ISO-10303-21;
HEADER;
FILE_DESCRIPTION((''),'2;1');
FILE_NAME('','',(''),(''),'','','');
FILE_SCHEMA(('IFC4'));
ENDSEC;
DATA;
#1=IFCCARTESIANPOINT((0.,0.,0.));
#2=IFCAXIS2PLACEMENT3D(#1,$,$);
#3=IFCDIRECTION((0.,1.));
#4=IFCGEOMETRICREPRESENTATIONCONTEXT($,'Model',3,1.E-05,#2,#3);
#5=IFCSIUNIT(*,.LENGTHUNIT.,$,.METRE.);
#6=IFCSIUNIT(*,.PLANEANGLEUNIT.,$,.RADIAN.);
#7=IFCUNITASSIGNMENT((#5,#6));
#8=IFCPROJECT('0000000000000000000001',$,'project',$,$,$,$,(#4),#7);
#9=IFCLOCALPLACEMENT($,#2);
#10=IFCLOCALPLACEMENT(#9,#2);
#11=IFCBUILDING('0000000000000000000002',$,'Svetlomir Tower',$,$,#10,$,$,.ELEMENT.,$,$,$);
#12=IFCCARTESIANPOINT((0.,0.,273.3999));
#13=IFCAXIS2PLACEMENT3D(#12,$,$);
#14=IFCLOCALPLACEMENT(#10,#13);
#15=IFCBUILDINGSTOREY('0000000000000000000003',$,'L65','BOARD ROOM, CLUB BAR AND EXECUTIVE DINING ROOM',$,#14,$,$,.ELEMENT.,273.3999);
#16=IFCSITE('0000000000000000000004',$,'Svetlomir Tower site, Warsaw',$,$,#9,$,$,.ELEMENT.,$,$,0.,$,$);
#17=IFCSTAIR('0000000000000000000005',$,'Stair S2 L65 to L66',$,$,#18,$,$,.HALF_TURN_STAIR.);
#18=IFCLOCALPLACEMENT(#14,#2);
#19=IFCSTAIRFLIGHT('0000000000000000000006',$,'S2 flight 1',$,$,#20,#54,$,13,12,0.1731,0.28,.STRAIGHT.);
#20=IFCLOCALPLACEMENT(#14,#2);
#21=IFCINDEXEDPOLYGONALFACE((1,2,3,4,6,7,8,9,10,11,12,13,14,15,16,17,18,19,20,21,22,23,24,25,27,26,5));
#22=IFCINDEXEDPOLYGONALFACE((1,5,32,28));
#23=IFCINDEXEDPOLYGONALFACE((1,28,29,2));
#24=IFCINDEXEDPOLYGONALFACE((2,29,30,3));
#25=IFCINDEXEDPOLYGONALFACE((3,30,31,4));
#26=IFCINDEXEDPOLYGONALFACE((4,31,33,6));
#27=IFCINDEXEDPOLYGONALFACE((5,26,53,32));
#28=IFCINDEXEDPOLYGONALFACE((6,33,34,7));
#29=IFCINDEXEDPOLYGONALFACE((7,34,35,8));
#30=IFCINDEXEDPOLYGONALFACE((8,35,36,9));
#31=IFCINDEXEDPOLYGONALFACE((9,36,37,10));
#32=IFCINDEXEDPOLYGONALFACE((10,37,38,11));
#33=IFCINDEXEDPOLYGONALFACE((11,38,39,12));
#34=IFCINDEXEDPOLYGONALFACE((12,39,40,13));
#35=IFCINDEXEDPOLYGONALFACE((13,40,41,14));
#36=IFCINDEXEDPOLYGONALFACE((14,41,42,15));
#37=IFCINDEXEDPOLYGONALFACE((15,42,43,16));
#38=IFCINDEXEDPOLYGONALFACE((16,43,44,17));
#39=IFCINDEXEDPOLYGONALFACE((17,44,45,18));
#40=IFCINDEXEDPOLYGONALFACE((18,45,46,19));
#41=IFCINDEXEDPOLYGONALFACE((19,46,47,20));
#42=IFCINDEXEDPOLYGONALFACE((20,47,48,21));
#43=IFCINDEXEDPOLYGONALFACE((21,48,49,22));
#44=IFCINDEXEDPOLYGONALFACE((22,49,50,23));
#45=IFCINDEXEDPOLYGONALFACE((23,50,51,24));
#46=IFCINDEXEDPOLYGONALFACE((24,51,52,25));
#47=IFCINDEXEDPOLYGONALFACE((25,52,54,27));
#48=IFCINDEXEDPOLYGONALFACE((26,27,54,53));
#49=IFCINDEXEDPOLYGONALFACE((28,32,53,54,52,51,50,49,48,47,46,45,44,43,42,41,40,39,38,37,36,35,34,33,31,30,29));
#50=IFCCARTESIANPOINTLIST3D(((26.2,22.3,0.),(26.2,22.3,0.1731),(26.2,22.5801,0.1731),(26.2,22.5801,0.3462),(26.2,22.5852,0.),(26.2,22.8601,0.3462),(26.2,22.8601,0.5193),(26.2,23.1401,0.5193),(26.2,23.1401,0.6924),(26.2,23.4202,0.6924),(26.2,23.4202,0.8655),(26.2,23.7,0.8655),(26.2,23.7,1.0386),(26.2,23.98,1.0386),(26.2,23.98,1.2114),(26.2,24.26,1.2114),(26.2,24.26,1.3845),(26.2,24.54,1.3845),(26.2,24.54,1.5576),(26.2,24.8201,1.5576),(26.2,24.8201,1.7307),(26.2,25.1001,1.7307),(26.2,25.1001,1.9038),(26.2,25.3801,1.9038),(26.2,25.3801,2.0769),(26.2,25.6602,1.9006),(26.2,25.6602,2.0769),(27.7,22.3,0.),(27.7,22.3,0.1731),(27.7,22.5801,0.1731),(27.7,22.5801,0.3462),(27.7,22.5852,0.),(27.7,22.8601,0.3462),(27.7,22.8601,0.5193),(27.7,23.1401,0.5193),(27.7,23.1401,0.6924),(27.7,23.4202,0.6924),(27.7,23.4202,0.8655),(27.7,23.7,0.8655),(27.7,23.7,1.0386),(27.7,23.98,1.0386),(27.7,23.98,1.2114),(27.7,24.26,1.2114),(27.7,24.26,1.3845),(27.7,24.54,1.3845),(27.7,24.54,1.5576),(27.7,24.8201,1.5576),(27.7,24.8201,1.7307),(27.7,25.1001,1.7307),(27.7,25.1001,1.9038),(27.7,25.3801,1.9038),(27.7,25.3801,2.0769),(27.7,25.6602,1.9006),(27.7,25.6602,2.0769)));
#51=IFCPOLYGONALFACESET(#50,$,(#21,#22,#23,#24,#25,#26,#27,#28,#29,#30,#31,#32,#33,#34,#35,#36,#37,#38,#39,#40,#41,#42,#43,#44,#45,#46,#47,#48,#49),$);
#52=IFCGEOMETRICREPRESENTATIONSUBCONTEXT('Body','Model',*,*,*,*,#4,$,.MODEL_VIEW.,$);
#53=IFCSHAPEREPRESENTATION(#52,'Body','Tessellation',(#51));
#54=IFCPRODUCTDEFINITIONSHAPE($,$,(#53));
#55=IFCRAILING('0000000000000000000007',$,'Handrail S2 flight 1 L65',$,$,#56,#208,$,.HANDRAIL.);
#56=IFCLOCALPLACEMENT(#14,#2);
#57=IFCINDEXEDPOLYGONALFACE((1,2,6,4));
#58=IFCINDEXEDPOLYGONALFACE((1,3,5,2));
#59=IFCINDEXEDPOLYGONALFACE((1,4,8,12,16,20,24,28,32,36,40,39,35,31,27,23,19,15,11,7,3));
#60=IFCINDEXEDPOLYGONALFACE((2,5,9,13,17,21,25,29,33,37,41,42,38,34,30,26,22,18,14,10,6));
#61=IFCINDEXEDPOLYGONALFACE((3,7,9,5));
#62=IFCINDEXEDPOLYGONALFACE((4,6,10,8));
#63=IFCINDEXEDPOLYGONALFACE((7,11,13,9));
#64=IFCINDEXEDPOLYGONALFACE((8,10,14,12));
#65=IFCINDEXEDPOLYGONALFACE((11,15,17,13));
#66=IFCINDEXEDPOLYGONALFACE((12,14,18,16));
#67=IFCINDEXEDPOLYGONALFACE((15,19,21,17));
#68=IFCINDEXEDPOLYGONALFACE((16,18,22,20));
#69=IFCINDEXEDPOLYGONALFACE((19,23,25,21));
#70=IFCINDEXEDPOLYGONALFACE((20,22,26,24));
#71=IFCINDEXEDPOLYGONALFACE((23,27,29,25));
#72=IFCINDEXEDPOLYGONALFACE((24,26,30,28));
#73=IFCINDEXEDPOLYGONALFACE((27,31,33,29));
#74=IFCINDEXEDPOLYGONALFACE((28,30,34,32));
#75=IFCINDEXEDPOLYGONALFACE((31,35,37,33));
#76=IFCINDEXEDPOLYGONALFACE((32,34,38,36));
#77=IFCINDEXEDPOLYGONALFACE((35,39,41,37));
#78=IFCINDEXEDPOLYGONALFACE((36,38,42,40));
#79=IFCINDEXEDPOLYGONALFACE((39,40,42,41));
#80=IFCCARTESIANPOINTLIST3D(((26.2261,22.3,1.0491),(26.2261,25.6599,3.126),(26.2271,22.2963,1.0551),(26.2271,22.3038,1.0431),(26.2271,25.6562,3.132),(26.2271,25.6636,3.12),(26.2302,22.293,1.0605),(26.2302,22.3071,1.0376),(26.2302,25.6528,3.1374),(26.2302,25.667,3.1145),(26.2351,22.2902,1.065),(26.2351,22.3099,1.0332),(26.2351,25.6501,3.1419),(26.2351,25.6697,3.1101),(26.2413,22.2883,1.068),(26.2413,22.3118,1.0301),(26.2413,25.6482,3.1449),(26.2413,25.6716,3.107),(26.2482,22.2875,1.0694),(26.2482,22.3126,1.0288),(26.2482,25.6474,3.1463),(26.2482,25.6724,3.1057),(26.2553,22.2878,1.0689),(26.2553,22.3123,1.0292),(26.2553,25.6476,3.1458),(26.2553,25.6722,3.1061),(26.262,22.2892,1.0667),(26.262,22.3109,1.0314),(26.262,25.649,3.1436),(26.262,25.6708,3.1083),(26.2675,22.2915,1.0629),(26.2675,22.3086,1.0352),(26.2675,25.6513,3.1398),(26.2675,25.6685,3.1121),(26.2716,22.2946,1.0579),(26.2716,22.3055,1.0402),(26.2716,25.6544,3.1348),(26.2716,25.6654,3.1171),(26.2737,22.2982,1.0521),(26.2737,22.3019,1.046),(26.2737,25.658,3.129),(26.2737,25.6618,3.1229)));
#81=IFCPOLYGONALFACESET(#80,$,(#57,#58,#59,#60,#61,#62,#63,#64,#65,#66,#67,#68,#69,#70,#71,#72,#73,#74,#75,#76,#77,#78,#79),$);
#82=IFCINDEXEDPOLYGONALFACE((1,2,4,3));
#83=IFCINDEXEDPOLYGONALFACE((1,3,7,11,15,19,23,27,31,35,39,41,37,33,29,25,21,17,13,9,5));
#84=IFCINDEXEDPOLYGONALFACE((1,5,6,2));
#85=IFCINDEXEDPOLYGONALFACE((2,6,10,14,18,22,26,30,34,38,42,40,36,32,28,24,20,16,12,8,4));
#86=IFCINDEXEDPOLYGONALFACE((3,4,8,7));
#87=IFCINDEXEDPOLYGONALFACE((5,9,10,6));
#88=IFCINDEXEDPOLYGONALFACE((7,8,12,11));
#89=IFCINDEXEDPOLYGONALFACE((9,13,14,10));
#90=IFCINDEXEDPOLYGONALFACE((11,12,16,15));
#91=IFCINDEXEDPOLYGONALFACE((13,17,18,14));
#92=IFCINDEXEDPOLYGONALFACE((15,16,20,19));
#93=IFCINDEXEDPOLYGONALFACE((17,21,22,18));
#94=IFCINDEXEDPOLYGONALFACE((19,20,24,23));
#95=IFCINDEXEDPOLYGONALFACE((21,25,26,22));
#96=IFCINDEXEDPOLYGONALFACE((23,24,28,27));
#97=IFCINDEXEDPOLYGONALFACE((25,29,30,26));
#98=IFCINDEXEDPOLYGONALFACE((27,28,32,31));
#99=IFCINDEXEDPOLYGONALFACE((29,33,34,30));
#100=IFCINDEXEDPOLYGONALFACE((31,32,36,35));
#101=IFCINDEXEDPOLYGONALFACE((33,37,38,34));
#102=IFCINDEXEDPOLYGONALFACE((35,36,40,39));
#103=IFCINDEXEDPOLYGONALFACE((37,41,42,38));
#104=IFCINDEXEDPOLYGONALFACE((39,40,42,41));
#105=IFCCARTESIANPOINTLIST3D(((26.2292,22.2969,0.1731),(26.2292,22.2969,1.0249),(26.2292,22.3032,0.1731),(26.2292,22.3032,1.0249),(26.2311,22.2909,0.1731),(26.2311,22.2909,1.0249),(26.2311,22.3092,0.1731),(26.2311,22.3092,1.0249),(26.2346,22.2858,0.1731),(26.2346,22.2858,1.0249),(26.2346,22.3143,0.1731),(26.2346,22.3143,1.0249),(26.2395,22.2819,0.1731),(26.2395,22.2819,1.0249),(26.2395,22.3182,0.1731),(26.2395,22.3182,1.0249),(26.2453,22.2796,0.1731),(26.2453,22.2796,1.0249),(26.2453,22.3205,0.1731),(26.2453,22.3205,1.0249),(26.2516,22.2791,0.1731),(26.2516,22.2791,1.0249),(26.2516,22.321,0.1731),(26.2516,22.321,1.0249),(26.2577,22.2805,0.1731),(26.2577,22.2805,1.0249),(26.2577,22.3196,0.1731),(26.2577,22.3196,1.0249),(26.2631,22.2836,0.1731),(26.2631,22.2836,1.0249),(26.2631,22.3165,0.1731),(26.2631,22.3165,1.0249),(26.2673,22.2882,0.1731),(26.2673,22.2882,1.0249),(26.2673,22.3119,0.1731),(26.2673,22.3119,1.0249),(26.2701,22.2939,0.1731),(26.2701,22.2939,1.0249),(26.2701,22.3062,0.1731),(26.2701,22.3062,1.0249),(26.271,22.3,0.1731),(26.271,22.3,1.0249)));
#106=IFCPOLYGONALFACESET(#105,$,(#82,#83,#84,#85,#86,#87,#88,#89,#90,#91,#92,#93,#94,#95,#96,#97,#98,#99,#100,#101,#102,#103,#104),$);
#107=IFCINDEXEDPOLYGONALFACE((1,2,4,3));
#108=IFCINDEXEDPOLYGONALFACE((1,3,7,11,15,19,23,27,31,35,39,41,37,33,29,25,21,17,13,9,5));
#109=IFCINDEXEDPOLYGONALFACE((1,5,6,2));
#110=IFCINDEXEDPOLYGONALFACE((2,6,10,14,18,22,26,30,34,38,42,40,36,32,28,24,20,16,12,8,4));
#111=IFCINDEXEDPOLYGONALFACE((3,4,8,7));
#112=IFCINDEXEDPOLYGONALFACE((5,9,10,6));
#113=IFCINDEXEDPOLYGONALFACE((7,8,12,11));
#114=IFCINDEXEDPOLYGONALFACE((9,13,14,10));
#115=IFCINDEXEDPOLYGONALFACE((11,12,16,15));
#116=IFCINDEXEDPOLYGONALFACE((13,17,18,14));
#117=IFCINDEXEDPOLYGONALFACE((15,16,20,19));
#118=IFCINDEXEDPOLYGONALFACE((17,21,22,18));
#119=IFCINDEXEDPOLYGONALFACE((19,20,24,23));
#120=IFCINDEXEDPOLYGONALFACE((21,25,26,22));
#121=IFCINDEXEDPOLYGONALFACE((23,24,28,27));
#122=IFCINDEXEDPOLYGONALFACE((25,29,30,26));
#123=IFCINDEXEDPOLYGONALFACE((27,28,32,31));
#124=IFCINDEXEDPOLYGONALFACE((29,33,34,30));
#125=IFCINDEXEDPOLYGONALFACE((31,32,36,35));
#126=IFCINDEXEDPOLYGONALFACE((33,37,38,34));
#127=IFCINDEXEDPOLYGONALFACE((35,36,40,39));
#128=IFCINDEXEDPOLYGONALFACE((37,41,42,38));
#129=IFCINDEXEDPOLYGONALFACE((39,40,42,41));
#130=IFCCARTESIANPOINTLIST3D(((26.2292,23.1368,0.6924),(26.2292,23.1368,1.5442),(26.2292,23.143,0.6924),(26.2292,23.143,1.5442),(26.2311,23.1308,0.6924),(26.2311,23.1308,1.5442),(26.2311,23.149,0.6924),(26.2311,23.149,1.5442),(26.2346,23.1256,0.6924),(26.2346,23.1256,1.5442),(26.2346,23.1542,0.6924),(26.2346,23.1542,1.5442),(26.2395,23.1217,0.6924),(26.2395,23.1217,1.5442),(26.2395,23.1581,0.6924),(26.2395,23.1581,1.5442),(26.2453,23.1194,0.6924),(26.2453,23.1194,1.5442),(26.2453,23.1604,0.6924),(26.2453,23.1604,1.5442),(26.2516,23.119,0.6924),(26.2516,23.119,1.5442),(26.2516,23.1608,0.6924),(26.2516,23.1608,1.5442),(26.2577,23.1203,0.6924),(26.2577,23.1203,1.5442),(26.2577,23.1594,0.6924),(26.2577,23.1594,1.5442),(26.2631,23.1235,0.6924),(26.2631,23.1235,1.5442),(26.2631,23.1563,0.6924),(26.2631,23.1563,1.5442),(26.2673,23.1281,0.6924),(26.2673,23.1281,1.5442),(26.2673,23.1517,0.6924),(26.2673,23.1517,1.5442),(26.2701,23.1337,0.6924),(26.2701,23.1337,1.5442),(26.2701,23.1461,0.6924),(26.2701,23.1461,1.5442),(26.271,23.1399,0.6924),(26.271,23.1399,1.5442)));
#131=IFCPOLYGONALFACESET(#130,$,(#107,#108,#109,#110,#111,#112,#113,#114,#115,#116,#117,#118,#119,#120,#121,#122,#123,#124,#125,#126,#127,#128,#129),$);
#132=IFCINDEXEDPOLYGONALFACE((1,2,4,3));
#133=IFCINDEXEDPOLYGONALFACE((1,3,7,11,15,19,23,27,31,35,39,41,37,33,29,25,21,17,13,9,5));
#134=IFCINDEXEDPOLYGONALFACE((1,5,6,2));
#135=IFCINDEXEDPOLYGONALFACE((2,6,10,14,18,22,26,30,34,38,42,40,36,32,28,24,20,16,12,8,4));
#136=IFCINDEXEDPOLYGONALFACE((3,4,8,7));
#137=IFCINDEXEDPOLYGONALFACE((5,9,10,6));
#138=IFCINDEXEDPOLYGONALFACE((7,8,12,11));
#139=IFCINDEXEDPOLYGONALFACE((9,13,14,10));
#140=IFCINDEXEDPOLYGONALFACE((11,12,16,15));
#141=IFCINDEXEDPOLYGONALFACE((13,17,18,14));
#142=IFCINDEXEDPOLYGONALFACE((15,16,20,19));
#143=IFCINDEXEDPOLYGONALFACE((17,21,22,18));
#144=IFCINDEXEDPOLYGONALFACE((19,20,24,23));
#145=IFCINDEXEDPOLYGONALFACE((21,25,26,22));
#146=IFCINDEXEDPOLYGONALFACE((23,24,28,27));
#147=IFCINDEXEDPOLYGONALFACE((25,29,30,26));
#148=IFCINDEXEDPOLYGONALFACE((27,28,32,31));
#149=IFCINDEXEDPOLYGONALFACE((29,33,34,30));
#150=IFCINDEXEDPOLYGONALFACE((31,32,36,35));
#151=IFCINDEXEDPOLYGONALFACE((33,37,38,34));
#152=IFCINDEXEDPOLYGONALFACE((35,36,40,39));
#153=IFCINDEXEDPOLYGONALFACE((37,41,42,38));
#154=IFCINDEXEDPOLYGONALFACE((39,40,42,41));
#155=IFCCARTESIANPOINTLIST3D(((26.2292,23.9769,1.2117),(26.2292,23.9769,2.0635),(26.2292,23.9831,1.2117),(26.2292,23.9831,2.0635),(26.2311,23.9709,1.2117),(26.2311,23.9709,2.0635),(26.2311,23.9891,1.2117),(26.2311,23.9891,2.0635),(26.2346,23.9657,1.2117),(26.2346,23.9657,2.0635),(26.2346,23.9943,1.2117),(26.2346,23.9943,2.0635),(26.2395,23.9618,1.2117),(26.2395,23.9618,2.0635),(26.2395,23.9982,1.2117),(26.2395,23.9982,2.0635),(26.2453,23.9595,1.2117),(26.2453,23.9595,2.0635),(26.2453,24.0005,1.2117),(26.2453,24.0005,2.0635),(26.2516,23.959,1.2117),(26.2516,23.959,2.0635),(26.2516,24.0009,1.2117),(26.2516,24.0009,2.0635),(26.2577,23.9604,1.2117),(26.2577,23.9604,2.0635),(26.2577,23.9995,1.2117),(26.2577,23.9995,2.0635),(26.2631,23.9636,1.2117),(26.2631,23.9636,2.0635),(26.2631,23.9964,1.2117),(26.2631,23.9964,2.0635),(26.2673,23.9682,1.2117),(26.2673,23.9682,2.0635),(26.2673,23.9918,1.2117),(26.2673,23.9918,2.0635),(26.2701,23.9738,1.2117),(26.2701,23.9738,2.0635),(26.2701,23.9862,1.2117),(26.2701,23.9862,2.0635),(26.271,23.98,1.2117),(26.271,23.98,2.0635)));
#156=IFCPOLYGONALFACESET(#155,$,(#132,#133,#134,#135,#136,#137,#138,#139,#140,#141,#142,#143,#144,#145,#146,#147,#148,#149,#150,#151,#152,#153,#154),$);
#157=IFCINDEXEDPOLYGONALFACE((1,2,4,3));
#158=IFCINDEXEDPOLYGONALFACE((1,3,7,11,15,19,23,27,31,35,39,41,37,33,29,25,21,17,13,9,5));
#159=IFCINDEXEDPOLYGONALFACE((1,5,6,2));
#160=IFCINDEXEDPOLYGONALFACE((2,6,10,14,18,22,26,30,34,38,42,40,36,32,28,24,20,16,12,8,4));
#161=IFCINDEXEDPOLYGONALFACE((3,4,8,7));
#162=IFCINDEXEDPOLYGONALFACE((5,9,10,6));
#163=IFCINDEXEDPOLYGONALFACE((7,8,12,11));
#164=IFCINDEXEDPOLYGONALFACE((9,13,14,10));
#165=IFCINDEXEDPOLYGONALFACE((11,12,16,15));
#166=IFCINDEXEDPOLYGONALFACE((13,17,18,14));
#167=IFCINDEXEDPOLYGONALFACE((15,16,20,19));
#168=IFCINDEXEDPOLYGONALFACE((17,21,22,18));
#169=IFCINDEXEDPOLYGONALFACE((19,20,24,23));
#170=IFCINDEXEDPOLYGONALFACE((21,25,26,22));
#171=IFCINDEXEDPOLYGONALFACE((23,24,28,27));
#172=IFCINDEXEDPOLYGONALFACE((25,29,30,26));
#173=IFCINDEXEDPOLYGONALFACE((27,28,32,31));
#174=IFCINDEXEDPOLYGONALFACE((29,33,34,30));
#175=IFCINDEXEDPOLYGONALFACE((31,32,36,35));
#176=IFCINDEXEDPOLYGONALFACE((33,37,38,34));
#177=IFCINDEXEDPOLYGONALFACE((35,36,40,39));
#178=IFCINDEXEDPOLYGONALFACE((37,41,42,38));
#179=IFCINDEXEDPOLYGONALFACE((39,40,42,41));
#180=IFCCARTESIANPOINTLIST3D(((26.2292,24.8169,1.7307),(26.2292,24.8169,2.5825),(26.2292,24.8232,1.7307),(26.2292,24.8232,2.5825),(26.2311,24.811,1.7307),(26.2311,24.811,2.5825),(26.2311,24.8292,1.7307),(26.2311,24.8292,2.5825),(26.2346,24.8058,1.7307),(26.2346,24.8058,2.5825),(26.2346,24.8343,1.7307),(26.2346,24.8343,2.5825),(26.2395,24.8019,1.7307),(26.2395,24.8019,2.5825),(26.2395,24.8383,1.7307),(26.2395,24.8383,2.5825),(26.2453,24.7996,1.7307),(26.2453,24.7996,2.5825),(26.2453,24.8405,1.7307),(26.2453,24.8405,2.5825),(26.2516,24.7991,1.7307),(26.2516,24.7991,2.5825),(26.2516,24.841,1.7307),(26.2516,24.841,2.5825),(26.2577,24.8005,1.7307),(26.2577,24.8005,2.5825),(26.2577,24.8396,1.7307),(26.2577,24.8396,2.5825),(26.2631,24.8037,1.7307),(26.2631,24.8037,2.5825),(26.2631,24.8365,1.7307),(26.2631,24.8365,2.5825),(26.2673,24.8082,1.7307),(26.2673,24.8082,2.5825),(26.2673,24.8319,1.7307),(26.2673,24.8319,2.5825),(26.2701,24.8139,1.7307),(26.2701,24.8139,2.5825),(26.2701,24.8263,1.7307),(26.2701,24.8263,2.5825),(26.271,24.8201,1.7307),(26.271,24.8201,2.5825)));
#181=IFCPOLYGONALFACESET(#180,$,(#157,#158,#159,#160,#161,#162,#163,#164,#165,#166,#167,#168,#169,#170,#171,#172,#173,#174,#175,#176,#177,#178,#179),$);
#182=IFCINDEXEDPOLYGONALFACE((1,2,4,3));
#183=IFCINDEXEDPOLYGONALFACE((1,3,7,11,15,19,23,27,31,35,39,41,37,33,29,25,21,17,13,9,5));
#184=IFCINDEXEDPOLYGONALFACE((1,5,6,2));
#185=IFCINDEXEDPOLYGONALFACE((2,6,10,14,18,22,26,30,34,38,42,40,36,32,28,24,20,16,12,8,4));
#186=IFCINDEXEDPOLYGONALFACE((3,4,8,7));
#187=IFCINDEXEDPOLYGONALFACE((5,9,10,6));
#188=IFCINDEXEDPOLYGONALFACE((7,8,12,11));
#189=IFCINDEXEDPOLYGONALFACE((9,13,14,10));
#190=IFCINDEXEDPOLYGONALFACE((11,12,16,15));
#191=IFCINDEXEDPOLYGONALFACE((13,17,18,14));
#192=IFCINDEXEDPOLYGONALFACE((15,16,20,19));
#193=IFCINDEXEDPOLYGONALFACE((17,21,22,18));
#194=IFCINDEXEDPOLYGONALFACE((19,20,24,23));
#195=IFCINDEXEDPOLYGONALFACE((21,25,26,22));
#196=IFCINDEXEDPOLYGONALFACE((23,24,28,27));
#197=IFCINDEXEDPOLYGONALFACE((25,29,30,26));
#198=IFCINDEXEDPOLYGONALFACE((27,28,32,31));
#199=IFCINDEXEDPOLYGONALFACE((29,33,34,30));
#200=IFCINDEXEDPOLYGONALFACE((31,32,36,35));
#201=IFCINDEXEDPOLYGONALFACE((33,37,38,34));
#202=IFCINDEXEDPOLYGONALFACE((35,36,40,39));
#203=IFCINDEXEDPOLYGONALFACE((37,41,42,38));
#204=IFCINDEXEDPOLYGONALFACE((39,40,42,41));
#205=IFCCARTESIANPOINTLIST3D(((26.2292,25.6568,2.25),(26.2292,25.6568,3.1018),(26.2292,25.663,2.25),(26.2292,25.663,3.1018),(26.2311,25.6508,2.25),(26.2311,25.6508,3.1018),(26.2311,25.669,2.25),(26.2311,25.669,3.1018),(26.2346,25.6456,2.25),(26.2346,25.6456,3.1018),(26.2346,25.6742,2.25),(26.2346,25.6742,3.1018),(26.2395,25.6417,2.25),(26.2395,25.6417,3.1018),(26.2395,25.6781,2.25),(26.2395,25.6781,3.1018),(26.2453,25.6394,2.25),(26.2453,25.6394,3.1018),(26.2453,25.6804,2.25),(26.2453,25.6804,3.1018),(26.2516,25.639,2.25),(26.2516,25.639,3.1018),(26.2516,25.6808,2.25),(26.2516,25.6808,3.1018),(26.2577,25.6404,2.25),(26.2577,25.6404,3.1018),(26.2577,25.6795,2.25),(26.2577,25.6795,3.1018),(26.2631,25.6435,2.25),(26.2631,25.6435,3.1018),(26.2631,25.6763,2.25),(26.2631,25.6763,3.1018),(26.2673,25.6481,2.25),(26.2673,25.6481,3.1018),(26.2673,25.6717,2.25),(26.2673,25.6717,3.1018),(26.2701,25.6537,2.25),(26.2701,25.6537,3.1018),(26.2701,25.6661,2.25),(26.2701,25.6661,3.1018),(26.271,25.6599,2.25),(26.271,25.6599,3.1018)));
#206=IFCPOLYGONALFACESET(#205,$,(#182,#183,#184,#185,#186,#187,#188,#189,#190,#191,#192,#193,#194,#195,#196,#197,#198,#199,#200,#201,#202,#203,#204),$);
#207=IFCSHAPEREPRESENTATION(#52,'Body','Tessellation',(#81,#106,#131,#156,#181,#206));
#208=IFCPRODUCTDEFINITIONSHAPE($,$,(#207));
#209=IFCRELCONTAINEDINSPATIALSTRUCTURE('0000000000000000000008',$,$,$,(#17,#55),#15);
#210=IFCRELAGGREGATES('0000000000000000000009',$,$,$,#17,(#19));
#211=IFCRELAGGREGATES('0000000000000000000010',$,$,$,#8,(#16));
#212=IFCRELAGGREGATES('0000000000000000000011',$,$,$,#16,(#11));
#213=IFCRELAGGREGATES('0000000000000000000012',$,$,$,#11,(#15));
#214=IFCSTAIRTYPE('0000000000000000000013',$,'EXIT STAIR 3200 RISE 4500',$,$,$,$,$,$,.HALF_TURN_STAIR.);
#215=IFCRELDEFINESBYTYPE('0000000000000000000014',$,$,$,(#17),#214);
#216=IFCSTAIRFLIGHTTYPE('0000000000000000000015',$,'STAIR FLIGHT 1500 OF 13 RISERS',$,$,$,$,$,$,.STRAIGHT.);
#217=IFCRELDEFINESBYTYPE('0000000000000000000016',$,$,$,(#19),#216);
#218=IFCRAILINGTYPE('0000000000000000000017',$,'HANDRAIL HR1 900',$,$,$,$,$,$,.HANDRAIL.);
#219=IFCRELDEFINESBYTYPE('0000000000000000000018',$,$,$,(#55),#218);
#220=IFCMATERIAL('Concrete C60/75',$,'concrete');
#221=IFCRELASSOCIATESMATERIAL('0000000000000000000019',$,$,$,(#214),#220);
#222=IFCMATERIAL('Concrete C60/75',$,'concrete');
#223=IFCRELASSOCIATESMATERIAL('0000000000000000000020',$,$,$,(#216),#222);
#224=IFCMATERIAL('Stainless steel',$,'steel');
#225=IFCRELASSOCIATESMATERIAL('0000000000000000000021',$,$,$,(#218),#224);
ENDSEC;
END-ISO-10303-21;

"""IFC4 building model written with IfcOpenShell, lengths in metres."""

from ifc_helpers import new_model, si_unit, direction, frame, origin, origin_2d, place, context, subcontext, project, spatial, polyline, circle, outline, extrude, material, type_object, element, aggregate, save


model = new_model("IFC4")

# Units and contexts
model_context = context("Model", 3, precision=1e-05, world=origin(), true_north=direction((0.0, 1.0)))
body_context = subcontext(model_context, "Body", "Model", "MODEL_VIEW")
ifc_project = project(units=[si_unit("LENGTHUNIT", "METRE"), si_unit("PLANEANGLEUNIT", "RADIAN")], contexts=[model_context])

# Site, building, storey
site_placement = place(None, origin())
site = spatial("IfcSite", under=ifc_project, at=site_placement, Name="Svetlomir Tower site, Warsaw", CompositionType="ELEMENT", RefElevation=0.0)
building_placement = place(site_placement, origin())
building = spatial("IfcBuilding", under=site, at=building_placement, Name="Svetlomir Tower", CompositionType="ELEMENT")
storey_placement = place(building_placement, frame((0.0, 0.0, 273.3999)))
storey = spatial("IfcBuildingStorey", under=building, at=storey_placement, Name="L65", Description="BOARD ROOM, CLUB BAR AND EXECUTIVE DINING ROOM", CompositionType="ELEMENT", Elevation=273.3999)

# Stair, stair flight
ifc_material_1 = material(Name="Concrete C60/75", Category="concrete")
stair_type = type_object("IfcStairType", Name="EXIT STAIR 3200 RISE 4500", PredefinedType="HALF_TURN_STAIR", material=ifc_material_1)
stair_placement = place(storey_placement, origin())
stair = element("IfcStair", 1, at=stair_placement, inside=storey, type_object=stair_type, Name="Stair S2 L65 to L66", PredefinedType="HALF_TURN_STAIR")
ifc_material_2 = material(Name="Concrete C60/75", Category="concrete")
stair_flight_type = type_object("IfcStairFlightType", Name="STAIR FLIGHT 1500 OF 13 RISERS", PredefinedType="STRAIGHT", material=ifc_material_2)
stair_flight_placement = place(storey_placement, frame((26.95, 22.3, 0.0), z_axis=(0.0, 0.0, 1.0), x_axis=(0.0, 1.0, 0.0)))
stair_flight = element("IfcStairFlight", 2, at=stair_flight_placement, type_object=stair_flight_type, Name="S2 flight 1", NumberOfRisers=13, NumberOfTreads=12, PredefinedType="STRAIGHT", RiserHeight=0.1731, TreadLength=0.28, context=body_context, shape_type="SweptSolid", body=[
    extrude(outline(polyline([(0.0, 0.0), (0.0, 0.1731), (0.28, 0.1731), (0.28, 0.3462), (0.5601, 0.3462), (0.5601, 0.5193), (0.8401, 0.5193), (0.8401, 0.6924), (1.1201, 0.6924), (1.1201, 0.8655), (1.3999, 0.8655), (1.3999, 1.0386), (1.6799, 1.0386), (1.6799, 1.2114), (1.96, 1.2114), (1.96, 1.3845), (2.24, 1.3845), (2.24, 1.5576), (2.52, 1.5576), (2.52, 1.7307), (2.8, 1.7307), (2.8, 1.9038), (3.0801, 1.9038), (3.0801, 2.0769), (3.3601, 2.0769), (3.3601, 2.25), (3.3601, 1.9006), (0.2852, 0.0), (0.0, 0.0)])), frame((0.0, 0.75, 0.0), z_axis=(0.0, -1.0, 0.0), x_axis=(1.0, 0.0, 0.0)), (0.0, 0.0, 1.0), 1.5),
])
aggregate(stair, [stair_flight])

# Railing
ifc_material_3 = material(Name="Stainless steel", Category="steel")
railing_type = type_object("IfcRailingType", Name="HANDRAIL HR1 900", PredefinedType="HANDRAIL", material=ifc_material_3)
railing_placement = place(storey_placement, frame((26.25, 22.3, 0.1731)))
element("IfcRailing", 3, at=railing_placement, inside=storey, type_object=railing_type, Name="Handrail S2 flight 1 L65", PredefinedType="HANDRAIL", context=body_context, shape_type="SweptSolid", body=[
    extrude(circle(Radius=0.0239, at=origin_2d()), frame((0.0, 0.0, 0.876), z_axis=(0.0, 0.850606, 0.525803), x_axis=(-1.0, 0.0, 0.0)), (0.0, 0.0, 1.0), 3.95),
    extrude(circle(Radius=0.021, at=origin_2d()), origin(), (0.0, 0.0, 1.0), 0.8518),
    extrude(circle(Radius=0.021, at=origin_2d()), frame((0.0, 0.8398, 0.5193)), (0.0, 0.0, 1.0), 0.8518),
    extrude(circle(Radius=0.021, at=origin_2d()), frame((0.0, 1.6799, 1.0386)), (0.0, 0.0, 1.0), 0.8518),
    extrude(circle(Radius=0.021, at=origin_2d()), frame((0.0, 2.52, 1.5576)), (0.0, 0.0, 1.0), 0.8518),
    extrude(circle(Radius=0.021, at=origin_2d()), frame((0.0, 3.3599, 2.0769)), (0.0, 0.0, 1.0), 0.8518),
])

save(model, "model.ifc")
